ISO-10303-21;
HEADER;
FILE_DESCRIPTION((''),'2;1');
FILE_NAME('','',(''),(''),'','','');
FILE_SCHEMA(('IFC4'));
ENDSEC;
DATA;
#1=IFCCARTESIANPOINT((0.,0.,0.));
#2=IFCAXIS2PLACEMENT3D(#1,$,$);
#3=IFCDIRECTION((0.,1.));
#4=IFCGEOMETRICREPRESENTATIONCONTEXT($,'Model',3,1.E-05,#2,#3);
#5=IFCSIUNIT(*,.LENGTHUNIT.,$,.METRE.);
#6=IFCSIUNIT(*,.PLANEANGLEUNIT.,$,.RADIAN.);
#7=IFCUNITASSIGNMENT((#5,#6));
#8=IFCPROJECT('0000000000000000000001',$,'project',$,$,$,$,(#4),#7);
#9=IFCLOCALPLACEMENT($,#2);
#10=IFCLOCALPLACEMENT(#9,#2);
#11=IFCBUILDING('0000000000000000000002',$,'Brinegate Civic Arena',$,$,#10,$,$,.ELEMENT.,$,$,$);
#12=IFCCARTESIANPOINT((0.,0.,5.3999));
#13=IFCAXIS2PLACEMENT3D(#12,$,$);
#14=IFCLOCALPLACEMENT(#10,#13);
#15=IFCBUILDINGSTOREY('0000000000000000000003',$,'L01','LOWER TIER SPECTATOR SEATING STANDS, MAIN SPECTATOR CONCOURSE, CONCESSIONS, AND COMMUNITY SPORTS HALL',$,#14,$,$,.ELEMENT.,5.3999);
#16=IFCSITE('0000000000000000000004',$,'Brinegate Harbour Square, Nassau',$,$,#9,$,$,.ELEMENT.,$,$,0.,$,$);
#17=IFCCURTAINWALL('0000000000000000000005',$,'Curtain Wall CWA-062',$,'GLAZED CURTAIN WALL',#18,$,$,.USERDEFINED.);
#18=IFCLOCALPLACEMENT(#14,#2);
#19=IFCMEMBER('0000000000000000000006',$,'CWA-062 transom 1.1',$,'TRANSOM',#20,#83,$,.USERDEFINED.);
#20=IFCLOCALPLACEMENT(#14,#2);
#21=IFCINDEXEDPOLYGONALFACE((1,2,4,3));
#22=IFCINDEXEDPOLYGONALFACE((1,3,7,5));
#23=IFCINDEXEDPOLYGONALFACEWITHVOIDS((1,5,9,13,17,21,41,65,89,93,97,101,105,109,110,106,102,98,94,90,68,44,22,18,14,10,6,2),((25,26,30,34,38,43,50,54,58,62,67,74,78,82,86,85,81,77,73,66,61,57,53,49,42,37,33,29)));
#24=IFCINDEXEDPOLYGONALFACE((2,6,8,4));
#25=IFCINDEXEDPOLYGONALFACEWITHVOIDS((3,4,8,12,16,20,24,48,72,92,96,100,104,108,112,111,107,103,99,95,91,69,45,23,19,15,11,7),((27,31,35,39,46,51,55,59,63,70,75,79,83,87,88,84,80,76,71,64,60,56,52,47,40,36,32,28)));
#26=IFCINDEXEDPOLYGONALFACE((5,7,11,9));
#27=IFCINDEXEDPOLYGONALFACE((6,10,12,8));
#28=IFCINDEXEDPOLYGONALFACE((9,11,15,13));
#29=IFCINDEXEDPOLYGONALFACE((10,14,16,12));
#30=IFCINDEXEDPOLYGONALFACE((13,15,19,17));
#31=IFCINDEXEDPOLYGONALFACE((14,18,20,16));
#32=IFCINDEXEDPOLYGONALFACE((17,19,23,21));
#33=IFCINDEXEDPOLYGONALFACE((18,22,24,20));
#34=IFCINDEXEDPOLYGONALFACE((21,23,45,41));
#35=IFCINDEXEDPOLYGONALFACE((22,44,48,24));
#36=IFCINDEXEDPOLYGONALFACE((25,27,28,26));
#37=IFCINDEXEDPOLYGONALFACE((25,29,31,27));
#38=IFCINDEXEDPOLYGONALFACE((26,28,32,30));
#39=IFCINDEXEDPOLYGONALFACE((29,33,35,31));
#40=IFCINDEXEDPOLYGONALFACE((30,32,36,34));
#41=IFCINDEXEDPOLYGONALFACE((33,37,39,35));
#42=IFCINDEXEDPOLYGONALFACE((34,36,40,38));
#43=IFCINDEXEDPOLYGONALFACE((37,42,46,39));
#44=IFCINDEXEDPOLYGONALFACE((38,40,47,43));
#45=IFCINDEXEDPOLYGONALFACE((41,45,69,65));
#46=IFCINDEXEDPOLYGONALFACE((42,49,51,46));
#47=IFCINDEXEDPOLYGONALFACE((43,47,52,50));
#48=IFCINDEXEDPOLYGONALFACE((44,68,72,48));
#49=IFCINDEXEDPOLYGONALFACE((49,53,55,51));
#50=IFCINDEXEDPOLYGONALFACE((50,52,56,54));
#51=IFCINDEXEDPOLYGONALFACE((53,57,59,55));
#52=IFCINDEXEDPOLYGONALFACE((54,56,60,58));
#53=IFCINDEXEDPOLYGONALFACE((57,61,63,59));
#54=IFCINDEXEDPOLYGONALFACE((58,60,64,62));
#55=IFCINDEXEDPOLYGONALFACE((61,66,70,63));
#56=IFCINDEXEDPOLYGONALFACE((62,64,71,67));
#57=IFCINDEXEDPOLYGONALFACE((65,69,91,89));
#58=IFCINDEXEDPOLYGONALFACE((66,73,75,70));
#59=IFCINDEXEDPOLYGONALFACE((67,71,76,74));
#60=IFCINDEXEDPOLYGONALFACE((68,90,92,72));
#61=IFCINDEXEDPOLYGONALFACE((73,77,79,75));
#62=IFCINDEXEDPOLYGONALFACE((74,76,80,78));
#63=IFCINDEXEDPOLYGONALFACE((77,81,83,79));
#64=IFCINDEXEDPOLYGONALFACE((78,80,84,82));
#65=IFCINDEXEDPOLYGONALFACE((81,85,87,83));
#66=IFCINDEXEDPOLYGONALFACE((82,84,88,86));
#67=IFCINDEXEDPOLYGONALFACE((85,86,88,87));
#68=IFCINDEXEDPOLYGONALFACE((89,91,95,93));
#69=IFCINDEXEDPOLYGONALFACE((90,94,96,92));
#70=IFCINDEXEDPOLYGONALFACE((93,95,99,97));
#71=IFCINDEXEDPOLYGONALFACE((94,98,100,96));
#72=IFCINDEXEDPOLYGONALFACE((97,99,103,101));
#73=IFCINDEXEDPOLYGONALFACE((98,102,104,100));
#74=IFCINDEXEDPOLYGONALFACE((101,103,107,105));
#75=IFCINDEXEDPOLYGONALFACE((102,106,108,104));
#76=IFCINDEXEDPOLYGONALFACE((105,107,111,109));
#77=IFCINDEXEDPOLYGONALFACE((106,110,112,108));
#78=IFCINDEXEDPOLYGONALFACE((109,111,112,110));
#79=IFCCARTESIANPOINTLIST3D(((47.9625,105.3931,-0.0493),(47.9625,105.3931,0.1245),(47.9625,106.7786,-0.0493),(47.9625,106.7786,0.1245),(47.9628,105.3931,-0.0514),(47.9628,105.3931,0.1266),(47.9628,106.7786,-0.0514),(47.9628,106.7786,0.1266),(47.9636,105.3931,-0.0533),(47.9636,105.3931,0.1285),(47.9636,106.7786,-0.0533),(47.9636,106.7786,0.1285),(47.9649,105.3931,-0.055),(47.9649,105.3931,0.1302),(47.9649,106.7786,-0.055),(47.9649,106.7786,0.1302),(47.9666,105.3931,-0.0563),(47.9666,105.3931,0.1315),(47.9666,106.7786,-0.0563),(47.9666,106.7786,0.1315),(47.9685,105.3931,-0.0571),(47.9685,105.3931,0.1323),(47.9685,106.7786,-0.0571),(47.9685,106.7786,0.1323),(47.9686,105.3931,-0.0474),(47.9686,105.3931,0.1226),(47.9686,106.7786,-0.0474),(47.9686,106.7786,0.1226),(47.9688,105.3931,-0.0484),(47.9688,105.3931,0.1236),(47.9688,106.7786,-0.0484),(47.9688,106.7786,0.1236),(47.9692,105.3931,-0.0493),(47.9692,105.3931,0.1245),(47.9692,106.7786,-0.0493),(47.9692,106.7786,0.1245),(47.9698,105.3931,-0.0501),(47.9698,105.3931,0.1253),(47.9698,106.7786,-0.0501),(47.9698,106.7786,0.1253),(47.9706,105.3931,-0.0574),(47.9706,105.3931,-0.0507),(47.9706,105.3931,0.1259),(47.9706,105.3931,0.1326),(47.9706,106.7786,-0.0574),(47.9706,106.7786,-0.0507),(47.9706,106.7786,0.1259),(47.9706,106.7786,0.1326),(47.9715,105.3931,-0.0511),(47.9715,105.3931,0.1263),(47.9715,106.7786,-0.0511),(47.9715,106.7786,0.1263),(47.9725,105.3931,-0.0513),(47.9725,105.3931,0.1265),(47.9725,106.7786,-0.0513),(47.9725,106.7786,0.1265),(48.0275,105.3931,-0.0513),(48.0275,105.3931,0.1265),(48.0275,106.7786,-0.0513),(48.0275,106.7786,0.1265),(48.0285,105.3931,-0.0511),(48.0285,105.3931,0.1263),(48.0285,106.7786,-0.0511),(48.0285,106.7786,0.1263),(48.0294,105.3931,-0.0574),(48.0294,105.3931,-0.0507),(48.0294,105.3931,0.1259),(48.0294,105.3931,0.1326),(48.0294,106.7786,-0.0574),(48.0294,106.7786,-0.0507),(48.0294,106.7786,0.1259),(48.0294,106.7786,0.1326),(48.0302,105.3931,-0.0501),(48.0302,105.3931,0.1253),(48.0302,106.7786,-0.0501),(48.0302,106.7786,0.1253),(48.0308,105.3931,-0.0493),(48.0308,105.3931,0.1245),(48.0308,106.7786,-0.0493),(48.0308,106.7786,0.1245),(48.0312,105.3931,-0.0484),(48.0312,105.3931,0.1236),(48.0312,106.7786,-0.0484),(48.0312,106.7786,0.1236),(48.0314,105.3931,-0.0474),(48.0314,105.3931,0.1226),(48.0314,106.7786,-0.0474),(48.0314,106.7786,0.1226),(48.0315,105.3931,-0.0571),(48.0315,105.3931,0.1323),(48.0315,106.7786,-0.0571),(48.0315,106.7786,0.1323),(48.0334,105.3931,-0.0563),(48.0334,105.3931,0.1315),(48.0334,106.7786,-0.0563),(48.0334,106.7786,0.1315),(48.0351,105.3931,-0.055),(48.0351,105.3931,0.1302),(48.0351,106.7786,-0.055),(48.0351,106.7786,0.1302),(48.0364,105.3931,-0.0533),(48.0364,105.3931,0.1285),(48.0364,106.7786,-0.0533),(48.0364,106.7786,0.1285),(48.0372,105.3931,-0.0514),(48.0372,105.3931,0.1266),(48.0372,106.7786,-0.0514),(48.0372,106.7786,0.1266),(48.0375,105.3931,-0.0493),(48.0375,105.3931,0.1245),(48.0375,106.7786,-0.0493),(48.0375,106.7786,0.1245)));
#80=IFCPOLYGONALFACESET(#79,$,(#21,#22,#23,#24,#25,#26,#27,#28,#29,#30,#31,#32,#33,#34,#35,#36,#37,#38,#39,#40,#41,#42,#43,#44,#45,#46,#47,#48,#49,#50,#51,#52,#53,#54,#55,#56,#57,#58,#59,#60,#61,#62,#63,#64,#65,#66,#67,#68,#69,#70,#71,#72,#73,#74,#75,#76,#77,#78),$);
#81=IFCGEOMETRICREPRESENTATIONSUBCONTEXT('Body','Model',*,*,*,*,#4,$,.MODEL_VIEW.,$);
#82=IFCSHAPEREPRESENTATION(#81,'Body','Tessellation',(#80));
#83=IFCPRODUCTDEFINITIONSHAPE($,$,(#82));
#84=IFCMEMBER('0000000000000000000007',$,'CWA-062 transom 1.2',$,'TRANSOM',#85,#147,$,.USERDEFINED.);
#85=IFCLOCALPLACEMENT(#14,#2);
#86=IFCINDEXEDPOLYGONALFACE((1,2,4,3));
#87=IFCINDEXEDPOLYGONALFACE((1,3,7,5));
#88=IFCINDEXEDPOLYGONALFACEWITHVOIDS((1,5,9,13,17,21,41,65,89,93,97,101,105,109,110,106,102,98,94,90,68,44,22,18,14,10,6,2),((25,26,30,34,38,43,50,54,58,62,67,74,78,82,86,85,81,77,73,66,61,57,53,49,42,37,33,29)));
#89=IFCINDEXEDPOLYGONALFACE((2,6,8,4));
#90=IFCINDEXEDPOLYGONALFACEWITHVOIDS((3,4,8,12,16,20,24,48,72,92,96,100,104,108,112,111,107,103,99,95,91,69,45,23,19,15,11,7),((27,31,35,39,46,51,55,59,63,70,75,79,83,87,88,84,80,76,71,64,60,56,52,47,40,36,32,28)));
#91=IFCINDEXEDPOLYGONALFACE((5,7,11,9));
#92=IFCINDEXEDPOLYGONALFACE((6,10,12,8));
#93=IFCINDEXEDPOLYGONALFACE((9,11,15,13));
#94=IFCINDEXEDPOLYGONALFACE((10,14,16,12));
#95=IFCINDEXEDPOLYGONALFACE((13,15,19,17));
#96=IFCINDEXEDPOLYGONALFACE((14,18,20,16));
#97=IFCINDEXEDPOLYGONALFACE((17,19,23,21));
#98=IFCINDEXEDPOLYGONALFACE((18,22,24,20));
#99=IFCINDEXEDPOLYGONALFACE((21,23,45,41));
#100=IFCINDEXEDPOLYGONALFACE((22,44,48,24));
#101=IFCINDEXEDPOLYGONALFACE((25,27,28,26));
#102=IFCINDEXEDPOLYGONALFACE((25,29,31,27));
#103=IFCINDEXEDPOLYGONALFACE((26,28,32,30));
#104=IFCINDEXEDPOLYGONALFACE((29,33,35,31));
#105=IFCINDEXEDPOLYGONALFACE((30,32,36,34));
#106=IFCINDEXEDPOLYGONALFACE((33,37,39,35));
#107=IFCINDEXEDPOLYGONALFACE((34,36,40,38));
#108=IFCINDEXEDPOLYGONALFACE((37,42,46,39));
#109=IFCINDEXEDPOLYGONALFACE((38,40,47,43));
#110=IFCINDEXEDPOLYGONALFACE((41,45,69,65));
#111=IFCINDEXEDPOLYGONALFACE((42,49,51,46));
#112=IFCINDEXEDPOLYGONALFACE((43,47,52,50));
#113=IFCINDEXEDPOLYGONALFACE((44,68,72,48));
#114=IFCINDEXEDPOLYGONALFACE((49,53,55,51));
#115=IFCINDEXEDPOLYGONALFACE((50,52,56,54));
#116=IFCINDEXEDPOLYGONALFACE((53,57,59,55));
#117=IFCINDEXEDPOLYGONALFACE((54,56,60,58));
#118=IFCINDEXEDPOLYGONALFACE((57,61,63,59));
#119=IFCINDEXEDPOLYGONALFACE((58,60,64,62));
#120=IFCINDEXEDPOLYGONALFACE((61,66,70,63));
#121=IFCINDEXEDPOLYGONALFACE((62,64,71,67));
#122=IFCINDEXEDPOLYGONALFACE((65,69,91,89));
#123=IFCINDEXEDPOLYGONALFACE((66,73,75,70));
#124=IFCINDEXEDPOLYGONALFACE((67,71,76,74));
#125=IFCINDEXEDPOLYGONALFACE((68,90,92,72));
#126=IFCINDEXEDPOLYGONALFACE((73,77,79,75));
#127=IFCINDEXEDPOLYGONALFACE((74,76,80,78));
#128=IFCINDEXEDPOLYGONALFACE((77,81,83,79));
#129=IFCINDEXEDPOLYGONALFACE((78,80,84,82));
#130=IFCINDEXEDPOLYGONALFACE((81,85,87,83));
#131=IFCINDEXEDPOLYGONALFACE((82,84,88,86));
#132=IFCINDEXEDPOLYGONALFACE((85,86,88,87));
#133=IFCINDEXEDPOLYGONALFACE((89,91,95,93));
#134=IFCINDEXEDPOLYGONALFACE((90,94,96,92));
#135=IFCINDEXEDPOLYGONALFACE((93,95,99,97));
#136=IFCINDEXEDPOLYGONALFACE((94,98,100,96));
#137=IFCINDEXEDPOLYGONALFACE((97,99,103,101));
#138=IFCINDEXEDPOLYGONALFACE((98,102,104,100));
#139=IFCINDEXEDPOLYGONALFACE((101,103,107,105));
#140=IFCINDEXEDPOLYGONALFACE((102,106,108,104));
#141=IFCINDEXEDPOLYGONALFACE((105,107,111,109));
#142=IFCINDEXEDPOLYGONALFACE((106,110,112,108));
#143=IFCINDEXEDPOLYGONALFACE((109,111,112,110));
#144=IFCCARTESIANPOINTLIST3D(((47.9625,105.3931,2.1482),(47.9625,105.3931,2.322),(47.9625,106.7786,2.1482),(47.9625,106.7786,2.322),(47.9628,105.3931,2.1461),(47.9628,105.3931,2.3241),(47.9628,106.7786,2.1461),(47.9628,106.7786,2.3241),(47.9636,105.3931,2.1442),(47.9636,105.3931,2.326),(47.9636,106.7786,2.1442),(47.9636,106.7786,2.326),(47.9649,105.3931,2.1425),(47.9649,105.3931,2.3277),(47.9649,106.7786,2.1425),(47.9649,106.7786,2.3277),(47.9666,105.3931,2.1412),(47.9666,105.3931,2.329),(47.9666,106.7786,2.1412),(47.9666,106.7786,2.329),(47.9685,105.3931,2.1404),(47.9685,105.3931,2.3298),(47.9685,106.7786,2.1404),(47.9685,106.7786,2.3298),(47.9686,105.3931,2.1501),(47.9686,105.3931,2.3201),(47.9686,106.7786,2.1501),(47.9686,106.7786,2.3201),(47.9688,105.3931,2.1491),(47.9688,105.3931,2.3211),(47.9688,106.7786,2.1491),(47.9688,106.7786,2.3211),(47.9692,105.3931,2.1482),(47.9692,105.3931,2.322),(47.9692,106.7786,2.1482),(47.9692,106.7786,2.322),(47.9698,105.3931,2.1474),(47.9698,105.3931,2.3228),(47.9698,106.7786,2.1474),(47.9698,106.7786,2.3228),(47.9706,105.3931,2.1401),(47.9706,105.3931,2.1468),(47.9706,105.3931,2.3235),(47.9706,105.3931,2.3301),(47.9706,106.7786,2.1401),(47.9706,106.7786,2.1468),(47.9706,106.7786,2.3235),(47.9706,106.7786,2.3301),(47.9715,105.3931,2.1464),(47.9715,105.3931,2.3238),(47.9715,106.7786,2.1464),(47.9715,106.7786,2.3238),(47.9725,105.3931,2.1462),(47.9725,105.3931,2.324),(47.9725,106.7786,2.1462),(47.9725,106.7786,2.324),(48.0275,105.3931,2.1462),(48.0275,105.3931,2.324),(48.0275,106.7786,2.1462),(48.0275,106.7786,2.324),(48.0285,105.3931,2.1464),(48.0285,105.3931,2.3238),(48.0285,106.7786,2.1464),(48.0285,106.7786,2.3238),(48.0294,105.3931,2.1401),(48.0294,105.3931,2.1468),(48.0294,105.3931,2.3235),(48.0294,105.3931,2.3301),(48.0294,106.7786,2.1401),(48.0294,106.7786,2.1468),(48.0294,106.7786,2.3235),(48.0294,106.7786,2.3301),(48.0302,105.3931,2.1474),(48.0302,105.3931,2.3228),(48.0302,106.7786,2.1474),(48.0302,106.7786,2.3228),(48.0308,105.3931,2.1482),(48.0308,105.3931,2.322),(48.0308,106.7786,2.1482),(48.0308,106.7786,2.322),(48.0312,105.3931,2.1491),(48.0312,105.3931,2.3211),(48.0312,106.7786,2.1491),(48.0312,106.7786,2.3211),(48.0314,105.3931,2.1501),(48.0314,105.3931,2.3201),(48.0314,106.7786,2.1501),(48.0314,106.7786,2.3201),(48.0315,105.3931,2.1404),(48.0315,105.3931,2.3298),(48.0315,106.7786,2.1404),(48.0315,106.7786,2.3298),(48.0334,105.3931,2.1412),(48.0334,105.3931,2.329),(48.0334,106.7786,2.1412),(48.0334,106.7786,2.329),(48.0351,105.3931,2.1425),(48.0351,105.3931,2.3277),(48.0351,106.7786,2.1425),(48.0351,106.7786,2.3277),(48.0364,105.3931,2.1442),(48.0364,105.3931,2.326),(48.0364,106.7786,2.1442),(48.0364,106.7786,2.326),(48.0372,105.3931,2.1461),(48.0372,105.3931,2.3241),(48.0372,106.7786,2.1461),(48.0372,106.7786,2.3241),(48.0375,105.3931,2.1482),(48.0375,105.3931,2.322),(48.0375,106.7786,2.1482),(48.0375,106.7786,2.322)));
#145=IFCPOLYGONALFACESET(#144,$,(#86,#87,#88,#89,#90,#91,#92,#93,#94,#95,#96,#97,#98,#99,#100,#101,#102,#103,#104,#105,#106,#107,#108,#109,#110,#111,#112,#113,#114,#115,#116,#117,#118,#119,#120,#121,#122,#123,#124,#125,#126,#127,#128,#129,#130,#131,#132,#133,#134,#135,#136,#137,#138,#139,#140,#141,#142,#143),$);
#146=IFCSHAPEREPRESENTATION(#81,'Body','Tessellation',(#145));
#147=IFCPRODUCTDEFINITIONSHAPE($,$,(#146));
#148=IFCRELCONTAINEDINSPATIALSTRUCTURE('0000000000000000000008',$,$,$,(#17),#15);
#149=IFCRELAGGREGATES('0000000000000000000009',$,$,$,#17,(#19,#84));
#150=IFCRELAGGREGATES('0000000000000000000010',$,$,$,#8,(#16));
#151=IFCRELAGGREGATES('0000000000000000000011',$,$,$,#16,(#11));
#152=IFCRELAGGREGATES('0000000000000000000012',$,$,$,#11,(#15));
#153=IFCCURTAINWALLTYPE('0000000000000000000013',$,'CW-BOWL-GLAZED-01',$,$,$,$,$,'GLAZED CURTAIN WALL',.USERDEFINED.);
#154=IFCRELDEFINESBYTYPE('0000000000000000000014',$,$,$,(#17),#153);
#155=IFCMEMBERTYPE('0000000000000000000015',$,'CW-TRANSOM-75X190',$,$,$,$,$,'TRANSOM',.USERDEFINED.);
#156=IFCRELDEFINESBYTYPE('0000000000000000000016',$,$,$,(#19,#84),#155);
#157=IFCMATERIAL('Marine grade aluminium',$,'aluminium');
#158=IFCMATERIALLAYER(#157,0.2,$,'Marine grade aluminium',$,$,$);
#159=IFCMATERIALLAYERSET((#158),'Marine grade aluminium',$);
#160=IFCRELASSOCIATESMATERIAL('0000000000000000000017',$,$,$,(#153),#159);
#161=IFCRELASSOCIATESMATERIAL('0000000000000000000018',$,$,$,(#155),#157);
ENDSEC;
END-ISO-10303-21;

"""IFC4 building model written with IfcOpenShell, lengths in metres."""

from ifc_helpers import new_model, si_unit, direction, frame, origin, origin_2d, place, context, subcontext, project, spatial, hollow_rectangle, extrude, material, layer, layer_set, material_profile, profile_set, type_object, element, aggregate, save


model = new_model("IFC4")

# Units and contexts
model_context = context("Model", 3, precision=1e-05, world=origin(), true_north=direction((0.0, 1.0)))
body_context = subcontext(model_context, "Body", "Model", "MODEL_VIEW")
ifc_project = project(units=[si_unit("LENGTHUNIT", "METRE"), si_unit("PLANEANGLEUNIT", "RADIAN")], contexts=[model_context])

# Site, building, storey
site_placement = place(None, origin())
site = spatial("IfcSite", under=ifc_project, at=site_placement, Name="Brinegate Harbour Square, Nassau", CompositionType="ELEMENT", RefElevation=0.0)
building_placement = place(site_placement, origin())
building = spatial("IfcBuilding", under=site, at=building_placement, Name="Brinegate Civic Arena", CompositionType="ELEMENT")
storey_placement = place(building_placement, frame((0.0, 0.0, 5.3999)))
storey = spatial("IfcBuildingStorey", under=building, at=storey_placement, Name="L01", Description="LOWER TIER SPECTATOR SEATING STANDS, MAIN SPECTATOR CONCOURSE, CONCESSIONS, AND COMMUNITY SPORTS HALL", CompositionType="ELEMENT", Elevation=5.3999)

# Curtain wall
ifc_material_1 = material(Name="Marine grade aluminium", Category="aluminium")
ifc_layer_1 = layer(ifc_material_1, 0.2, Name="Marine grade aluminium")
ifc_layer_set_1 = layer_set([ifc_layer_1], Name="Marine grade aluminium")
curtain_wall_type = type_object("IfcCurtainWallType", Name="CW-BOWL-GLAZED-01", ElementType="GLAZED CURTAIN WALL", PredefinedType="USERDEFINED", material=ifc_layer_set_1)
curtain_wall_1_placement = place(storey_placement, origin())
curtain_wall_1 = element("IfcCurtainWall", 1, at=curtain_wall_1_placement, inside=storey, type_object=curtain_wall_type, Name="Curtain Wall CWA-062", ObjectType="GLAZED CURTAIN WALL", PredefinedType="USERDEFINED")

# Members
ifc_material_profile_1 = material_profile(ifc_material_1, hollow_rectangle(XDim=0.075, YDim=0.1899, WallThickness=0.0061, InnerFilletRadius=0.0039, OuterFilletRadius=0.0081, at=origin_2d()), Name="TRN75X190")
ifc_profile_set_1 = profile_set([ifc_material_profile_1], Name="Marine grade aluminium")
member_type_1 = type_object("IfcMemberType", Name="CW-TRANSOM-75X190", ElementType="TRANSOM", PredefinedType="USERDEFINED", material=ifc_profile_set_1)
member_1_placement = place(storey_placement, frame((48.0, 105.3931, 0.0376), z_axis=(0.0, 1.0, 0.0), x_axis=(-1.0, 0.0, 0.0)))
member_1 = element("IfcMember", 2, at=member_1_placement, type_object=member_type_1, Name="CWA-062 transom 1.1", ObjectType="TRANSOM", PredefinedType="USERDEFINED", context=body_context, shape_type="SweptSolid", body=[
    extrude(hollow_rectangle(XDim=0.075, YDim=0.1899, WallThickness=0.0061, InnerFilletRadius=0.0039, OuterFilletRadius=0.0081, at=origin_2d()), origin(), (0.0, 0.0, 1.0), 1.3855),
])
member_2_placement = place(storey_placement, frame((48.0, 105.3931, 2.2351), z_axis=(0.0, 1.0, 0.0), x_axis=(-1.0, 0.0, 0.0)))
member_2 = element("IfcMember", 3, at=member_2_placement, type_object=member_type_1, Name="CWA-062 transom 1.2", ObjectType="TRANSOM", PredefinedType="USERDEFINED", context=body_context, shape_type="SweptSolid", body=[
    extrude(hollow_rectangle(XDim=0.075, YDim=0.1899, WallThickness=0.0061, InnerFilletRadius=0.0039, OuterFilletRadius=0.0081, at=origin_2d()), origin(), (0.0, 0.0, 1.0), 1.3855),
])

aggregate(curtain_wall_1, [member_1, member_2])

save(model, "model.ifc")
